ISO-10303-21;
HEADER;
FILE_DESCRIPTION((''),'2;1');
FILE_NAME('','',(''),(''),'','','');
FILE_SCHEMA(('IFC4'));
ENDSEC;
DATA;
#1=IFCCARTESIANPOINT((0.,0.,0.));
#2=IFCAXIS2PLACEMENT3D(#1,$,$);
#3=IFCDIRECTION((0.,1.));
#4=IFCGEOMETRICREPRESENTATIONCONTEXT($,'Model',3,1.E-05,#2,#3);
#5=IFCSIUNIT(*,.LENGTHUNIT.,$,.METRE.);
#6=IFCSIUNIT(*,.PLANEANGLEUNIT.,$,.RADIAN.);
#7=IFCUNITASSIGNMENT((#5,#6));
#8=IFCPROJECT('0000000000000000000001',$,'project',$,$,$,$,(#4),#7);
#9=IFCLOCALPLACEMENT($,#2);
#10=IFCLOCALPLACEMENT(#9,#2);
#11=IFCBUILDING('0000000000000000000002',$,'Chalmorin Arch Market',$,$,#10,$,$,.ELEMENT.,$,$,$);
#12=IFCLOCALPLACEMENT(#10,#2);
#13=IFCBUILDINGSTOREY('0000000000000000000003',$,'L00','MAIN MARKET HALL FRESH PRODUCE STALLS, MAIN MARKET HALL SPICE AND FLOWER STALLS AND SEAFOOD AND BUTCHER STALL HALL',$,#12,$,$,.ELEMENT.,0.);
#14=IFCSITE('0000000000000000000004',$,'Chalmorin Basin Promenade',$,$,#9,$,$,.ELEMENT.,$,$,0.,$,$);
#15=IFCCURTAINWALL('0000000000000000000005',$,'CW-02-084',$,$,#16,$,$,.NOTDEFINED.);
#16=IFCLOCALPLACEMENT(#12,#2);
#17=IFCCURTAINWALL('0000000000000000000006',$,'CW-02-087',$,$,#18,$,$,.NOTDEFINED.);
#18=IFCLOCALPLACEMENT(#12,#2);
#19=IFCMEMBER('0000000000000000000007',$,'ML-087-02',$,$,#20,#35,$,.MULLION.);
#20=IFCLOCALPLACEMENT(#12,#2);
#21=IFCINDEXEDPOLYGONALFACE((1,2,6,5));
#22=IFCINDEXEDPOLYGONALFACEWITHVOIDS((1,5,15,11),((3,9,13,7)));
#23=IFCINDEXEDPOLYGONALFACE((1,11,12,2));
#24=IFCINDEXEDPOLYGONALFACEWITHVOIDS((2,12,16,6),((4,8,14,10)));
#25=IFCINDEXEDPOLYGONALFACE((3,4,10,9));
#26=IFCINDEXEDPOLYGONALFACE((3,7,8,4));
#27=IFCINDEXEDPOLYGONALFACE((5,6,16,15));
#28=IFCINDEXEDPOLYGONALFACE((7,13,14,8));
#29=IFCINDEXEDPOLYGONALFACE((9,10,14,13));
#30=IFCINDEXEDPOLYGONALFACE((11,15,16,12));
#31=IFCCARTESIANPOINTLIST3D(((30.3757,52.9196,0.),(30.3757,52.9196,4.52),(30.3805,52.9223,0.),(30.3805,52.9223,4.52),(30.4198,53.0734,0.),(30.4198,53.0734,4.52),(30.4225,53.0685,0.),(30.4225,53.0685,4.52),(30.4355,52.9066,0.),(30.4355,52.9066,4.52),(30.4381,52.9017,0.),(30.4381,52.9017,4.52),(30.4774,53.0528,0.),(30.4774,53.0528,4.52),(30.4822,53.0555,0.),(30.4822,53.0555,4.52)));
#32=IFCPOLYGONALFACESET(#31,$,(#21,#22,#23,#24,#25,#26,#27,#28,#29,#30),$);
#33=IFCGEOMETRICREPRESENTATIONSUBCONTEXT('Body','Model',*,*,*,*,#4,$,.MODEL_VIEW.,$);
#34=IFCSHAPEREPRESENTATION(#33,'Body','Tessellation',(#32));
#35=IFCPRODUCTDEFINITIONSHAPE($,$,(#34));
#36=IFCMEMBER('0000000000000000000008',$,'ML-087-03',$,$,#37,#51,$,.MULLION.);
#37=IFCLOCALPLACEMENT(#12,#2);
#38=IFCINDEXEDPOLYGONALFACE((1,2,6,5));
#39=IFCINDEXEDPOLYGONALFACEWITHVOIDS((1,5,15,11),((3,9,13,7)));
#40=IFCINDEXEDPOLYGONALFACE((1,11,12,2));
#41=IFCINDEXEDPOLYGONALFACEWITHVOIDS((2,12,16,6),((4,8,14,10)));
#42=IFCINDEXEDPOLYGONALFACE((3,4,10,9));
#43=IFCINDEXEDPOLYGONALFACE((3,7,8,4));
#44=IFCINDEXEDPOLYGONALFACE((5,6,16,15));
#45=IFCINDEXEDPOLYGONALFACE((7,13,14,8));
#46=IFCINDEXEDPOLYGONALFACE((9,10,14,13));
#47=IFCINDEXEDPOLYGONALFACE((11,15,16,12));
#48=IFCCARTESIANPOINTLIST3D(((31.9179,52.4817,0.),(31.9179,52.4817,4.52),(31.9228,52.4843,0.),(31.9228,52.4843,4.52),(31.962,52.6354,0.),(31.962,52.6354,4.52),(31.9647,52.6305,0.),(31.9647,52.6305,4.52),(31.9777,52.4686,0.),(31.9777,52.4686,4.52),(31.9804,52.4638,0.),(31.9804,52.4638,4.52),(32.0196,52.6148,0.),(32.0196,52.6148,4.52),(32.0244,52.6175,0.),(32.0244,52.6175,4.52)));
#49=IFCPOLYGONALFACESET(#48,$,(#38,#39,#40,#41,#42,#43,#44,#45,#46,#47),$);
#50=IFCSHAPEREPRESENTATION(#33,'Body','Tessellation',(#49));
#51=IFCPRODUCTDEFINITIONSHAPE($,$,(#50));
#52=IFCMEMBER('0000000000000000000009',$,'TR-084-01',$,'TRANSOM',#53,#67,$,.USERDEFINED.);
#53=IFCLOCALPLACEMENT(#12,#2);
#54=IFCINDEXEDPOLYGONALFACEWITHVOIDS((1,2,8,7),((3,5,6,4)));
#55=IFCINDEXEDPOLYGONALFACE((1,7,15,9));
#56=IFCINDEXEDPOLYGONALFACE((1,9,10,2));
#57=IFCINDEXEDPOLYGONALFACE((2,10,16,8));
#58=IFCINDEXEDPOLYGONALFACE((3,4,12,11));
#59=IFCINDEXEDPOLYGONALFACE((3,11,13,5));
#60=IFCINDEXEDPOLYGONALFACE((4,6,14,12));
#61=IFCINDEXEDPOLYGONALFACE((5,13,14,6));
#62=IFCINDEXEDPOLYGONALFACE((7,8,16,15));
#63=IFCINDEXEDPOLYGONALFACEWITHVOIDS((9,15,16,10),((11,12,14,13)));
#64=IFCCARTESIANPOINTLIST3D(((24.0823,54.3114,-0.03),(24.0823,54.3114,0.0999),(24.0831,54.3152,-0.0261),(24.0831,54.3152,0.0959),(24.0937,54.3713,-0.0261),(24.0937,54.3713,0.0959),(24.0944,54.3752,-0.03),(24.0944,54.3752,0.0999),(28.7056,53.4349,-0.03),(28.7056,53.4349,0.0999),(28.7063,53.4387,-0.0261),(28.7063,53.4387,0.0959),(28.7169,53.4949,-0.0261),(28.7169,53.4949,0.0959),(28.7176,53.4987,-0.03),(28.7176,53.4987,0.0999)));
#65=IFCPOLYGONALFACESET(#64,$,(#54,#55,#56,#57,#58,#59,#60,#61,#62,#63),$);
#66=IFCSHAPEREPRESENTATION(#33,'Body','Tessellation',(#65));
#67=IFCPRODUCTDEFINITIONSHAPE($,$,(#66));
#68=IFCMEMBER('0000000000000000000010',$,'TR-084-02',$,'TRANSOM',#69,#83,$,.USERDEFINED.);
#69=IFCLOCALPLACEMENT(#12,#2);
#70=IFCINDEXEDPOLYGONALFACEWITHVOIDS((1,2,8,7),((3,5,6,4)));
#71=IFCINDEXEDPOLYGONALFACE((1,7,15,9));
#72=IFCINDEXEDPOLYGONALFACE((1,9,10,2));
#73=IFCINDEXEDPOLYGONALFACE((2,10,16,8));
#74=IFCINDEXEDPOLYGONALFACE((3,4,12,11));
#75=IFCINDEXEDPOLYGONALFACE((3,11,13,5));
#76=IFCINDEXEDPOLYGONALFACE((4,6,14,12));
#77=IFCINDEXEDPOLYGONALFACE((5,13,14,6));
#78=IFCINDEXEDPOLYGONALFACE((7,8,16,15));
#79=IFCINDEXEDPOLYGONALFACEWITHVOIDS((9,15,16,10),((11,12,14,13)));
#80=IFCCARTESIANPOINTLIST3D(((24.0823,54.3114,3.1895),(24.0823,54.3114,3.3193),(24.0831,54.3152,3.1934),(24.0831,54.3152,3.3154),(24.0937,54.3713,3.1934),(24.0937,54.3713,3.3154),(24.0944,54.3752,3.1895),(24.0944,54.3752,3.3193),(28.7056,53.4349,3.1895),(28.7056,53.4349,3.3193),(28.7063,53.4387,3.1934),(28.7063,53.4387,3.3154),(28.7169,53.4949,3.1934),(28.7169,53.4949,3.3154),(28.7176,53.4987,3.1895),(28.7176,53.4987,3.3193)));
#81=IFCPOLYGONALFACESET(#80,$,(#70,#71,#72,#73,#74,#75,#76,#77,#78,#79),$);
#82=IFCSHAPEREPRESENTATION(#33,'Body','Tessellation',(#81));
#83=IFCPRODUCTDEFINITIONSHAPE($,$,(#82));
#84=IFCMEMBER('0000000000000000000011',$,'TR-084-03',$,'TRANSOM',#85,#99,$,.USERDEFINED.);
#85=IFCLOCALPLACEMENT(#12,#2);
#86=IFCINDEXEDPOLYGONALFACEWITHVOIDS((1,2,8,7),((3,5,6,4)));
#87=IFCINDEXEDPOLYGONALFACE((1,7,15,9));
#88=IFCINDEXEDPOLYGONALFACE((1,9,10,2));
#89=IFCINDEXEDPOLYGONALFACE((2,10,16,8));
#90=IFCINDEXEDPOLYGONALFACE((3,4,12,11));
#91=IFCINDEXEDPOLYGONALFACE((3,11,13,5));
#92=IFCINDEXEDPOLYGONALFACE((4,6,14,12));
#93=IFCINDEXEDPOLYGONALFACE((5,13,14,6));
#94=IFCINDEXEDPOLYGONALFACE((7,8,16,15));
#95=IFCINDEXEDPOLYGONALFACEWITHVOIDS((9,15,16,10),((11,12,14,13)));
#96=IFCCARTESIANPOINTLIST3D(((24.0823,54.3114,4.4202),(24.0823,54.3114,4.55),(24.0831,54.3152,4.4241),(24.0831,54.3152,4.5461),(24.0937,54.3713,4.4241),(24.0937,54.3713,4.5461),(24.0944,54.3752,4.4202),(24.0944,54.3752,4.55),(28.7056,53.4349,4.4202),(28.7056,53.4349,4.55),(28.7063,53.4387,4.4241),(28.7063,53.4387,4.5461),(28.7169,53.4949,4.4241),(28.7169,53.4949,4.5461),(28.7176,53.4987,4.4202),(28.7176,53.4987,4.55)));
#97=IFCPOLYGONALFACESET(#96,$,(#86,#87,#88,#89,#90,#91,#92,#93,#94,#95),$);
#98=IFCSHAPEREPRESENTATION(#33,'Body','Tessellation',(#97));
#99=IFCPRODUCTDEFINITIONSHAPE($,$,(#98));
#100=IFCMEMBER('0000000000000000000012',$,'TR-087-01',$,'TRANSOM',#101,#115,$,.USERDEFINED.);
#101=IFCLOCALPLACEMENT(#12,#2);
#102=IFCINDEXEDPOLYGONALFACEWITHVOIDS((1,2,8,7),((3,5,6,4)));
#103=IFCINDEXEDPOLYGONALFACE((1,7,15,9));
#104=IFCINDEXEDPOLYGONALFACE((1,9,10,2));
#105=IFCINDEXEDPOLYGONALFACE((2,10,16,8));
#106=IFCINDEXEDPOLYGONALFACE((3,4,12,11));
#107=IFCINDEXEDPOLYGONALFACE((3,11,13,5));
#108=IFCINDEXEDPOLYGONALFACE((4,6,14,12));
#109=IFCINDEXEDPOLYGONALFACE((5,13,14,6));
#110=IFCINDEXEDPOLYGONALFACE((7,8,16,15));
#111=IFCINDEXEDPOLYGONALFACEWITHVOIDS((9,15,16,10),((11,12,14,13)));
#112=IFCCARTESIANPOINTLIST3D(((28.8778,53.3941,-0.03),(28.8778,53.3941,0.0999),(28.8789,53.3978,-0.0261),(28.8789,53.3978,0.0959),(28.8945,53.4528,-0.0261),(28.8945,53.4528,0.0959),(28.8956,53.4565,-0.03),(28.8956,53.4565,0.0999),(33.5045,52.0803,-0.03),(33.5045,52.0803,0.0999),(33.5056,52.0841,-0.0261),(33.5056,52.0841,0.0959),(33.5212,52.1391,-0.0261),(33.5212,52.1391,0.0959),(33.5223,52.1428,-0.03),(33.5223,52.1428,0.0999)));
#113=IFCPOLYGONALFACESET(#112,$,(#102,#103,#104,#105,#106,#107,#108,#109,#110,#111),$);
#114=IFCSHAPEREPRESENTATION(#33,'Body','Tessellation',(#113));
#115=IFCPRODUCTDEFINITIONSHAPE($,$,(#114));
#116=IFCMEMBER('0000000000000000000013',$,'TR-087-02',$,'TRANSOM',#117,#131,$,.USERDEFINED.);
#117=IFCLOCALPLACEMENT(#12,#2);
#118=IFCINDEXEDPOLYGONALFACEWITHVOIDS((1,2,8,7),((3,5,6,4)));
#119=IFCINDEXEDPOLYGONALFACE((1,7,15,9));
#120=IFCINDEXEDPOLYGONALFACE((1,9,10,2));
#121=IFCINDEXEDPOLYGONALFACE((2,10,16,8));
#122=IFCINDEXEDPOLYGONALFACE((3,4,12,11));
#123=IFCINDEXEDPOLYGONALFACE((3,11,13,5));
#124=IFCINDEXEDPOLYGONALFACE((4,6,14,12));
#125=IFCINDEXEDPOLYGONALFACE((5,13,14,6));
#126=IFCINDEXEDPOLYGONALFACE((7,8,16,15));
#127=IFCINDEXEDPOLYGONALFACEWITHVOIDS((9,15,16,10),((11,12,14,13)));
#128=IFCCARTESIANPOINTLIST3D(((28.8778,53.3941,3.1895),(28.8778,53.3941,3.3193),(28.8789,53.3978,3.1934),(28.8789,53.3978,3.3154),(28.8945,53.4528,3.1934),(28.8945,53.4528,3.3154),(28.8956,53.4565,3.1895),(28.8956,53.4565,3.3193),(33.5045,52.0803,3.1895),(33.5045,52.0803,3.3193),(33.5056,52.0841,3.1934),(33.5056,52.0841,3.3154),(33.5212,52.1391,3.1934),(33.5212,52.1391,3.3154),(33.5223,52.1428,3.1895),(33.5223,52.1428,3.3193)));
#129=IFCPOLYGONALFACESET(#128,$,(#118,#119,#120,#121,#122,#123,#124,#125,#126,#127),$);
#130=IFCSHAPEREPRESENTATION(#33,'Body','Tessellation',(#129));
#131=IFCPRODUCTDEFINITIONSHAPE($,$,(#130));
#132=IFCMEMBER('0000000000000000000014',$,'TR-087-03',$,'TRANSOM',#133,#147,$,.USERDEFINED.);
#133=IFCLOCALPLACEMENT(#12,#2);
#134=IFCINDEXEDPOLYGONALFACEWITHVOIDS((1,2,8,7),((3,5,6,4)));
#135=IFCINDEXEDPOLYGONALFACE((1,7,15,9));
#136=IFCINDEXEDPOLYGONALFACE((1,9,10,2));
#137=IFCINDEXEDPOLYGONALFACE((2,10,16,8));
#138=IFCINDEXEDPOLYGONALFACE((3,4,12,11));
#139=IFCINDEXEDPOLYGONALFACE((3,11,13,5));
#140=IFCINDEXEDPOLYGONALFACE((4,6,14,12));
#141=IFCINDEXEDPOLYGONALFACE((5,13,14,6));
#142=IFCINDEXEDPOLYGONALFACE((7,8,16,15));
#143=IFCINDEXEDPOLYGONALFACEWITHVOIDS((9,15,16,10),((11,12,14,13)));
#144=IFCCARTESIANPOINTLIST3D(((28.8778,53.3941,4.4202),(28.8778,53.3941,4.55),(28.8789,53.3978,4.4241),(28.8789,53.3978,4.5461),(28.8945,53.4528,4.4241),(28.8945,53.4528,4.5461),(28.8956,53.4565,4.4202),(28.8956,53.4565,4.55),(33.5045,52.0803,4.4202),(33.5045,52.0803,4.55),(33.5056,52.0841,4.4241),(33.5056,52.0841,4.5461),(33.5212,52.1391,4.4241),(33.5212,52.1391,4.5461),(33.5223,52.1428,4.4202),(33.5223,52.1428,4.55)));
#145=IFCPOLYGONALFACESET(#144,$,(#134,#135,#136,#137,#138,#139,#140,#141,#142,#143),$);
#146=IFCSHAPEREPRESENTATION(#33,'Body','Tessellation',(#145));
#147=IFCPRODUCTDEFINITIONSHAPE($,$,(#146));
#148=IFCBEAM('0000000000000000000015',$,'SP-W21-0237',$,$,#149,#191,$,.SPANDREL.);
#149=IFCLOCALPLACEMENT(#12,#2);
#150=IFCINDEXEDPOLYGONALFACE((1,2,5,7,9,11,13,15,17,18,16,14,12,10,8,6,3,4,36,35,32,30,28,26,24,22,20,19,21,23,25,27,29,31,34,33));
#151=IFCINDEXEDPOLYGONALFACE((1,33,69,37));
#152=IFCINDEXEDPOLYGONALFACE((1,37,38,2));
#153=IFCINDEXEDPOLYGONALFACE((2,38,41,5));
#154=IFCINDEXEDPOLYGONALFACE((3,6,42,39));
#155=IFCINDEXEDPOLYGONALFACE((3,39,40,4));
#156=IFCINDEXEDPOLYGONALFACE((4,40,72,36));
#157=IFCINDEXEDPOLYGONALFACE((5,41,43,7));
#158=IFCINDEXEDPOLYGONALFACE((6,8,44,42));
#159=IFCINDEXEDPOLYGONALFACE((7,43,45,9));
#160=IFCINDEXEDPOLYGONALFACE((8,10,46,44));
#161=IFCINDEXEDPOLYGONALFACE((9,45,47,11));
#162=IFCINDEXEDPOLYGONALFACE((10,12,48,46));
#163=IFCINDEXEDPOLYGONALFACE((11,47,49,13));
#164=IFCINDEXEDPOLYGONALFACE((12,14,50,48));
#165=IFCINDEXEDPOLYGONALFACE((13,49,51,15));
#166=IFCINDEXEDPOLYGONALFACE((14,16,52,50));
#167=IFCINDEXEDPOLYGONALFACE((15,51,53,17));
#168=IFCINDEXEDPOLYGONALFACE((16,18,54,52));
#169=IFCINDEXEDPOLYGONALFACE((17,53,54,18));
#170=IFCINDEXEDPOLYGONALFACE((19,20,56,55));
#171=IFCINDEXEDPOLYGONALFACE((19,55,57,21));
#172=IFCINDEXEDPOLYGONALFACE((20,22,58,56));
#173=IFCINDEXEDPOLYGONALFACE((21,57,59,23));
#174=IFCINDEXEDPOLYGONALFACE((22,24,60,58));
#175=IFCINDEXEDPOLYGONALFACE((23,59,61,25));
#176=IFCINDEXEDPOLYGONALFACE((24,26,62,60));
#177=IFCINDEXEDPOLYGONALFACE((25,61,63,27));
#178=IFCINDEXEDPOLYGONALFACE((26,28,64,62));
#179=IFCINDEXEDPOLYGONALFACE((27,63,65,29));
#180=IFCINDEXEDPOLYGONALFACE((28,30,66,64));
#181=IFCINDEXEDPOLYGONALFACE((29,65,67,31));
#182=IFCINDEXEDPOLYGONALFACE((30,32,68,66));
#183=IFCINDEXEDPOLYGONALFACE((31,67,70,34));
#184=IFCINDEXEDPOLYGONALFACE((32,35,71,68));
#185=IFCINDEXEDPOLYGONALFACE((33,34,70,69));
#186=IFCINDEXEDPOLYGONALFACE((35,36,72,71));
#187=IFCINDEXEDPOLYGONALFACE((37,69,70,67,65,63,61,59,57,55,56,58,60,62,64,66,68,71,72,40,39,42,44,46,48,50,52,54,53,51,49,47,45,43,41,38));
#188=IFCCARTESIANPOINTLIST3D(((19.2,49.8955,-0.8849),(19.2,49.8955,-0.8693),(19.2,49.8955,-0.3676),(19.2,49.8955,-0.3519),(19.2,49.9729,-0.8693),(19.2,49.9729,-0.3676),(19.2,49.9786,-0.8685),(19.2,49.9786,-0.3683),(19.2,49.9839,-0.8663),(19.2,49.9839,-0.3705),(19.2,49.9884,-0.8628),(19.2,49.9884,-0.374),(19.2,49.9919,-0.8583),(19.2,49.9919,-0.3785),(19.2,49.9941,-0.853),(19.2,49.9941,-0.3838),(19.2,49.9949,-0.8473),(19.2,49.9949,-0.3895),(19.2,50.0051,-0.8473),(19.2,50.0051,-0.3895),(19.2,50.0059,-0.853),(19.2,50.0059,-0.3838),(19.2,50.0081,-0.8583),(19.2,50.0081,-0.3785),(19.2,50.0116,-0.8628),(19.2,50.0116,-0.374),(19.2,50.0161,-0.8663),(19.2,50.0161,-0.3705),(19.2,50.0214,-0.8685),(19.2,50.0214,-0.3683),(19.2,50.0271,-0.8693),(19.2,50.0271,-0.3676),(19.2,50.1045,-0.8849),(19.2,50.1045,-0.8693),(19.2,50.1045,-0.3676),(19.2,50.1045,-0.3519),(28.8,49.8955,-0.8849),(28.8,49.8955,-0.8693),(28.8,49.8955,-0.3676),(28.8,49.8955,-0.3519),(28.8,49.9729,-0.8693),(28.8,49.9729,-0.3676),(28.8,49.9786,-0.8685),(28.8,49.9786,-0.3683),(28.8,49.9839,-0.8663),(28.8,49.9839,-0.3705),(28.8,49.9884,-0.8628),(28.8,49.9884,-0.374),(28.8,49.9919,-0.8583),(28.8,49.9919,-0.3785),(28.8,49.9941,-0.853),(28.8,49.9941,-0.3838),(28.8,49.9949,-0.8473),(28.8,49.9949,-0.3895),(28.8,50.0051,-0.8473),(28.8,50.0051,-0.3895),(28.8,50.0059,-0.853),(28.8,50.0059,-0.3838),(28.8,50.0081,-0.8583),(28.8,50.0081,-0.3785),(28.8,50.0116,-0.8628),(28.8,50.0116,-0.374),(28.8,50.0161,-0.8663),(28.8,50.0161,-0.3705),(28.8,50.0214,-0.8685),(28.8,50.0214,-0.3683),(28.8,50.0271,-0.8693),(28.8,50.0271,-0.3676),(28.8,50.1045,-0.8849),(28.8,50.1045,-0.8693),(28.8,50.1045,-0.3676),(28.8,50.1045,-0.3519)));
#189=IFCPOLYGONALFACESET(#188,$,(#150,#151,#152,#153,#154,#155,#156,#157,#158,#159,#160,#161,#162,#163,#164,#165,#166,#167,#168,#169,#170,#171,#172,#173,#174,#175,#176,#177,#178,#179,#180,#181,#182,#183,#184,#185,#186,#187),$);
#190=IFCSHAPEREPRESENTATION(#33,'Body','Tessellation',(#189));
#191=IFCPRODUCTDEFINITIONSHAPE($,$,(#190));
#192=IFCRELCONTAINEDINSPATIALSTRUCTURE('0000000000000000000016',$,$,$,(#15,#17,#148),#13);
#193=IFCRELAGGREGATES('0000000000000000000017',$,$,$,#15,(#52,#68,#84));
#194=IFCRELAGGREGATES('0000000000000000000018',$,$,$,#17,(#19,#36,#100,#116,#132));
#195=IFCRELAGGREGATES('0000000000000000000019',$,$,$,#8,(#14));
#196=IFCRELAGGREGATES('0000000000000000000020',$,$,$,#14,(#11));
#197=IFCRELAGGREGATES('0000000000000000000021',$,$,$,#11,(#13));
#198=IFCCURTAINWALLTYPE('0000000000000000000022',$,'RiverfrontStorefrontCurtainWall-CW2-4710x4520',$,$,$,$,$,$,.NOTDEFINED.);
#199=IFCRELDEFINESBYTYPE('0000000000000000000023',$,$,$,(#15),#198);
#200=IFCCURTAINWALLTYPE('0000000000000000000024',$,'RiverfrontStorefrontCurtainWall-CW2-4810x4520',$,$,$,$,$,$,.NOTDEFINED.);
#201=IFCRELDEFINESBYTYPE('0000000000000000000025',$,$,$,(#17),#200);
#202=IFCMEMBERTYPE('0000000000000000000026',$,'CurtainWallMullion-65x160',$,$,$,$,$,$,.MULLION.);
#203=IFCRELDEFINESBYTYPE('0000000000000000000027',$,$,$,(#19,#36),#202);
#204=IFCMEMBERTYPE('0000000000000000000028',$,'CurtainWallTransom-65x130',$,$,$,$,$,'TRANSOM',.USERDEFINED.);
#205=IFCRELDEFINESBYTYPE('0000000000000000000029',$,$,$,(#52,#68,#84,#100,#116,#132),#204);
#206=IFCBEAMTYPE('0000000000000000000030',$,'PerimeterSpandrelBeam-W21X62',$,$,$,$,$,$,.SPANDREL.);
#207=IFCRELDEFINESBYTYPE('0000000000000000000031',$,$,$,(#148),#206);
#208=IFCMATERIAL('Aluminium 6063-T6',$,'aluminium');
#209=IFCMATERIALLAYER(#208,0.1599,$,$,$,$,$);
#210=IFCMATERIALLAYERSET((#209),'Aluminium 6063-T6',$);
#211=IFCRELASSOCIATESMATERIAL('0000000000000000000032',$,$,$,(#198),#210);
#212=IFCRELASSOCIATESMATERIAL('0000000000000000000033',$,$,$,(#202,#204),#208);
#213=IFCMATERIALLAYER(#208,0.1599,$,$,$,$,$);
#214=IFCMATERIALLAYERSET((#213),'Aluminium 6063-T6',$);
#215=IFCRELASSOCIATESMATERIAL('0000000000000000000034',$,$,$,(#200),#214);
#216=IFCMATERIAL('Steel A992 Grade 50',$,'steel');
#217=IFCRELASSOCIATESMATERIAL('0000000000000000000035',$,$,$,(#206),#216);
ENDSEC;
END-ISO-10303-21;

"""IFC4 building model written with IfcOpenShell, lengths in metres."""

from ifc_helpers import new_model, si_unit, direction, frame, origin, origin_2d, place, context, subcontext, project, spatial, hollow_rectangle, i_section, extrude, material, layer, layer_set, material_profile, profile_set, type_object, element, aggregate, save


model = new_model("IFC4")

# Units and contexts
model_context = context("Model", 3, precision=1e-05, world=origin(), true_north=direction((0.0, 1.0)))
body_context = subcontext(model_context, "Body", "Model", "MODEL_VIEW")
ifc_project = project(units=[si_unit("LENGTHUNIT", "METRE"), si_unit("PLANEANGLEUNIT", "RADIAN")], contexts=[model_context])

# Site, building, storey
site_placement = place(None, origin())
site = spatial("IfcSite", under=ifc_project, at=site_placement, Name="Chalmorin Basin Promenade", CompositionType="ELEMENT", RefElevation=0.0)
building_placement = place(site_placement, origin())
building = spatial("IfcBuilding", under=site, at=building_placement, Name="Chalmorin Arch Market", CompositionType="ELEMENT")
storey_placement = place(building_placement, origin())
storey = spatial("IfcBuildingStorey", under=building, at=storey_placement, Name="L00", Description="MAIN MARKET HALL FRESH PRODUCE STALLS, MAIN MARKET HALL SPICE AND FLOWER STALLS AND SEAFOOD AND BUTCHER STALL HALL", CompositionType="ELEMENT", Elevation=0.0)

# Curtain walls, members
ifc_material_1 = material(Name="Aluminium 6063-T6", Category="aluminium")
ifc_layer_1 = layer(ifc_material_1, 0.1599)
ifc_layer_set_1 = layer_set([ifc_layer_1], Name="Aluminium 6063-T6")
curtain_wall_type_1 = type_object("IfcCurtainWallType", Name="RiverfrontStorefrontCurtainWall-CW2-4710x4520", PredefinedType="NOTDEFINED", material=ifc_layer_set_1)
ifc_material_profile_1 = material_profile(ifc_material_1, hollow_rectangle(XDim=0.0649, YDim=0.1599, WallThickness=0.0039, at=origin_2d()), Name="ALU65X160X4")
ifc_profile_set_1 = profile_set([ifc_material_profile_1], Name="Aluminium 6063-T6")
member_type_1 = type_object("IfcMemberType", Name="CurtainWallMullion-65x160", PredefinedType="MULLION", material=ifc_profile_set_1)
curtain_wall_1_placement = place(storey_placement, origin())
curtain_wall_1 = element("IfcCurtainWall", 1, at=curtain_wall_1_placement, inside=storey, type_object=curtain_wall_type_1, Name="CW-02-084", PredefinedType="NOTDEFINED")
ifc_layer_2 = layer(ifc_material_1, 0.1599)
ifc_layer_set_2 = layer_set([ifc_layer_2], Name="Aluminium 6063-T6")
curtain_wall_type_2 = type_object("IfcCurtainWallType", Name="RiverfrontStorefrontCurtainWall-CW2-4810x4520", PredefinedType="NOTDEFINED", material=ifc_layer_set_2)
curtain_wall_2_placement = place(storey_placement, origin())
curtain_wall_2 = element("IfcCurtainWall", 2, at=curtain_wall_2_placement, inside=storey, type_object=curtain_wall_type_2, Name="CW-02-087", PredefinedType="NOTDEFINED")
member_1_placement = place(storey_placement, frame((30.429, 52.9875, 0.0), z_axis=(0.0, 0.0, 1.0), x_axis=(0.961262, -0.275637, 0.0)))
member_1 = element("IfcMember", 3, at=member_1_placement, type_object=member_type_1, Name="ML-087-02", PredefinedType="MULLION", context=body_context, shape_type="SweptSolid", body=[
    extrude(hollow_rectangle(XDim=0.0649, YDim=0.1599, WallThickness=0.0039, at=origin_2d()), origin(), (0.0, 0.0, 1.0), 4.52),
])
member_2_placement = place(storey_placement, frame((31.9712, 52.5496, 0.0), z_axis=(0.0, 0.0, 1.0), x_axis=(0.961262, -0.275637, 0.0)))
member_2 = element("IfcMember", 4, at=member_2_placement, type_object=member_type_1, Name="ML-087-03", PredefinedType="MULLION", context=body_context, shape_type="SweptSolid", body=[
    extrude(hollow_rectangle(XDim=0.0649, YDim=0.1599, WallThickness=0.0039, at=origin_2d()), origin(), (0.0, 0.0, 1.0), 4.52),
])

# Members
ifc_material_profile_2 = material_profile(ifc_material_1, hollow_rectangle(XDim=0.0649, YDim=0.1299, WallThickness=0.0039, at=origin_2d()), Name="ALU65X130X4")
ifc_profile_set_2 = profile_set([ifc_material_profile_2], Name="Aluminium 6063-T6")
member_type_2 = type_object("IfcMemberType", Name="CurtainWallTransom-65x130", ElementType="TRANSOM", PredefinedType="USERDEFINED", material=ifc_profile_set_2)
member_3_placement = place(storey_placement, frame((24.0884, 54.3433, 0.0349), z_axis=(0.982501, -0.186259, 0.0), x_axis=(0.186259, 0.982501, 0.0)))
member_3 = element("IfcMember", 5, at=member_3_placement, type_object=member_type_2, Name="TR-084-01", ObjectType="TRANSOM", PredefinedType="USERDEFINED", context=body_context, shape_type="SweptSolid", body=[
    extrude(hollow_rectangle(XDim=0.0649, YDim=0.1299, WallThickness=0.0039, at=origin_2d()), origin(), (0.0, 0.0, 1.0), 4.7056),
])
member_4_placement = place(storey_placement, frame((24.0884, 54.3433, 3.2544), z_axis=(0.982501, -0.186259, 0.0), x_axis=(0.186259, 0.982501, 0.0)))
member_4 = element("IfcMember", 6, at=member_4_placement, type_object=member_type_2, Name="TR-084-02", ObjectType="TRANSOM", PredefinedType="USERDEFINED", context=body_context, shape_type="SweptSolid", body=[
    extrude(hollow_rectangle(XDim=0.0649, YDim=0.1299, WallThickness=0.0039, at=origin_2d()), origin(), (0.0, 0.0, 1.0), 4.7056),
])
member_5_placement = place(storey_placement, frame((24.0884, 54.3433, 4.4851), z_axis=(0.982501, -0.186259, 0.0), x_axis=(0.186259, 0.982501, 0.0)))
member_5 = element("IfcMember", 7, at=member_5_placement, type_object=member_type_2, Name="TR-084-03", ObjectType="TRANSOM", PredefinedType="USERDEFINED", context=body_context, shape_type="SweptSolid", body=[
    extrude(hollow_rectangle(XDim=0.0649, YDim=0.1299, WallThickness=0.0039, at=origin_2d()), origin(), (0.0, 0.0, 1.0), 4.7056),
])
member_6_placement = place(storey_placement, frame((28.8867, 53.4253, 0.0349), z_axis=(0.961973, -0.273145, 0.0), x_axis=(0.273145, 0.961973, 0.0)))
member_6 = element("IfcMember", 8, at=member_6_placement, type_object=member_type_2, Name="TR-087-01", ObjectType="TRANSOM", PredefinedType="USERDEFINED", context=body_context, shape_type="SweptSolid", body=[
    extrude(hollow_rectangle(XDim=0.0649, YDim=0.1299, WallThickness=0.0039, at=origin_2d()), origin(), (0.0, 0.0, 1.0), 4.8096),
])
member_7_placement = place(storey_placement, frame((28.8867, 53.4253, 3.2544), z_axis=(0.961973, -0.273145, 0.0), x_axis=(0.273145, 0.961973, 0.0)))
member_7 = element("IfcMember", 9, at=member_7_placement, type_object=member_type_2, Name="TR-087-02", ObjectType="TRANSOM", PredefinedType="USERDEFINED", context=body_context, shape_type="SweptSolid", body=[
    extrude(hollow_rectangle(XDim=0.0649, YDim=0.1299, WallThickness=0.0039, at=origin_2d()), origin(), (0.0, 0.0, 1.0), 4.8096),
])
member_8_placement = place(storey_placement, frame((28.8867, 53.4253, 4.4851), z_axis=(0.961973, -0.273145, 0.0), x_axis=(0.273145, 0.961973, 0.0)))
member_8 = element("IfcMember", 10, at=member_8_placement, type_object=member_type_2, Name="TR-087-03", ObjectType="TRANSOM", PredefinedType="USERDEFINED", context=body_context, shape_type="SweptSolid", body=[
    extrude(hollow_rectangle(XDim=0.0649, YDim=0.1299, WallThickness=0.0039, at=origin_2d()), origin(), (0.0, 0.0, 1.0), 4.8096),
])

# Beam
ifc_material_2 = material(Name="Steel A992 Grade 50", Category="steel")
ifc_material_profile_3 = material_profile(ifc_material_2, i_section(OverallWidth=0.209, OverallDepth=0.533, WebThickness=0.0103, FlangeThickness=0.0156, FilletRadius=0.022, at=origin_2d()), Name="W21X62")
ifc_profile_set_3 = profile_set([ifc_material_profile_3], Name="Steel A992 Grade 50")
beam_type = type_object("IfcBeamType", Name="PerimeterSpandrelBeam-W21X62", PredefinedType="SPANDREL", material=ifc_profile_set_3)
beam_1_placement = place(storey_placement, frame((19.2, 50.0, -0.6184), z_axis=(1.0, 0.0, 0.0), x_axis=(0.0, 1.0, 0.0)))
element("IfcBeam", 11, at=beam_1_placement, inside=storey, type_object=beam_type, Name="SP-W21-0237", PredefinedType="SPANDREL", context=body_context, shape_type="SweptSolid", body=[
    extrude(i_section(OverallWidth=0.209, OverallDepth=0.533, WebThickness=0.0103, FlangeThickness=0.0156, FilletRadius=0.022, at=origin_2d()), origin(), (0.0, 0.0, 1.0), 9.6001),
])

aggregate(curtain_wall_1, [member_3, member_4, member_5])
aggregate(curtain_wall_2, [member_1, member_2, member_6, member_7, member_8])

save(model, "model.ifc")
